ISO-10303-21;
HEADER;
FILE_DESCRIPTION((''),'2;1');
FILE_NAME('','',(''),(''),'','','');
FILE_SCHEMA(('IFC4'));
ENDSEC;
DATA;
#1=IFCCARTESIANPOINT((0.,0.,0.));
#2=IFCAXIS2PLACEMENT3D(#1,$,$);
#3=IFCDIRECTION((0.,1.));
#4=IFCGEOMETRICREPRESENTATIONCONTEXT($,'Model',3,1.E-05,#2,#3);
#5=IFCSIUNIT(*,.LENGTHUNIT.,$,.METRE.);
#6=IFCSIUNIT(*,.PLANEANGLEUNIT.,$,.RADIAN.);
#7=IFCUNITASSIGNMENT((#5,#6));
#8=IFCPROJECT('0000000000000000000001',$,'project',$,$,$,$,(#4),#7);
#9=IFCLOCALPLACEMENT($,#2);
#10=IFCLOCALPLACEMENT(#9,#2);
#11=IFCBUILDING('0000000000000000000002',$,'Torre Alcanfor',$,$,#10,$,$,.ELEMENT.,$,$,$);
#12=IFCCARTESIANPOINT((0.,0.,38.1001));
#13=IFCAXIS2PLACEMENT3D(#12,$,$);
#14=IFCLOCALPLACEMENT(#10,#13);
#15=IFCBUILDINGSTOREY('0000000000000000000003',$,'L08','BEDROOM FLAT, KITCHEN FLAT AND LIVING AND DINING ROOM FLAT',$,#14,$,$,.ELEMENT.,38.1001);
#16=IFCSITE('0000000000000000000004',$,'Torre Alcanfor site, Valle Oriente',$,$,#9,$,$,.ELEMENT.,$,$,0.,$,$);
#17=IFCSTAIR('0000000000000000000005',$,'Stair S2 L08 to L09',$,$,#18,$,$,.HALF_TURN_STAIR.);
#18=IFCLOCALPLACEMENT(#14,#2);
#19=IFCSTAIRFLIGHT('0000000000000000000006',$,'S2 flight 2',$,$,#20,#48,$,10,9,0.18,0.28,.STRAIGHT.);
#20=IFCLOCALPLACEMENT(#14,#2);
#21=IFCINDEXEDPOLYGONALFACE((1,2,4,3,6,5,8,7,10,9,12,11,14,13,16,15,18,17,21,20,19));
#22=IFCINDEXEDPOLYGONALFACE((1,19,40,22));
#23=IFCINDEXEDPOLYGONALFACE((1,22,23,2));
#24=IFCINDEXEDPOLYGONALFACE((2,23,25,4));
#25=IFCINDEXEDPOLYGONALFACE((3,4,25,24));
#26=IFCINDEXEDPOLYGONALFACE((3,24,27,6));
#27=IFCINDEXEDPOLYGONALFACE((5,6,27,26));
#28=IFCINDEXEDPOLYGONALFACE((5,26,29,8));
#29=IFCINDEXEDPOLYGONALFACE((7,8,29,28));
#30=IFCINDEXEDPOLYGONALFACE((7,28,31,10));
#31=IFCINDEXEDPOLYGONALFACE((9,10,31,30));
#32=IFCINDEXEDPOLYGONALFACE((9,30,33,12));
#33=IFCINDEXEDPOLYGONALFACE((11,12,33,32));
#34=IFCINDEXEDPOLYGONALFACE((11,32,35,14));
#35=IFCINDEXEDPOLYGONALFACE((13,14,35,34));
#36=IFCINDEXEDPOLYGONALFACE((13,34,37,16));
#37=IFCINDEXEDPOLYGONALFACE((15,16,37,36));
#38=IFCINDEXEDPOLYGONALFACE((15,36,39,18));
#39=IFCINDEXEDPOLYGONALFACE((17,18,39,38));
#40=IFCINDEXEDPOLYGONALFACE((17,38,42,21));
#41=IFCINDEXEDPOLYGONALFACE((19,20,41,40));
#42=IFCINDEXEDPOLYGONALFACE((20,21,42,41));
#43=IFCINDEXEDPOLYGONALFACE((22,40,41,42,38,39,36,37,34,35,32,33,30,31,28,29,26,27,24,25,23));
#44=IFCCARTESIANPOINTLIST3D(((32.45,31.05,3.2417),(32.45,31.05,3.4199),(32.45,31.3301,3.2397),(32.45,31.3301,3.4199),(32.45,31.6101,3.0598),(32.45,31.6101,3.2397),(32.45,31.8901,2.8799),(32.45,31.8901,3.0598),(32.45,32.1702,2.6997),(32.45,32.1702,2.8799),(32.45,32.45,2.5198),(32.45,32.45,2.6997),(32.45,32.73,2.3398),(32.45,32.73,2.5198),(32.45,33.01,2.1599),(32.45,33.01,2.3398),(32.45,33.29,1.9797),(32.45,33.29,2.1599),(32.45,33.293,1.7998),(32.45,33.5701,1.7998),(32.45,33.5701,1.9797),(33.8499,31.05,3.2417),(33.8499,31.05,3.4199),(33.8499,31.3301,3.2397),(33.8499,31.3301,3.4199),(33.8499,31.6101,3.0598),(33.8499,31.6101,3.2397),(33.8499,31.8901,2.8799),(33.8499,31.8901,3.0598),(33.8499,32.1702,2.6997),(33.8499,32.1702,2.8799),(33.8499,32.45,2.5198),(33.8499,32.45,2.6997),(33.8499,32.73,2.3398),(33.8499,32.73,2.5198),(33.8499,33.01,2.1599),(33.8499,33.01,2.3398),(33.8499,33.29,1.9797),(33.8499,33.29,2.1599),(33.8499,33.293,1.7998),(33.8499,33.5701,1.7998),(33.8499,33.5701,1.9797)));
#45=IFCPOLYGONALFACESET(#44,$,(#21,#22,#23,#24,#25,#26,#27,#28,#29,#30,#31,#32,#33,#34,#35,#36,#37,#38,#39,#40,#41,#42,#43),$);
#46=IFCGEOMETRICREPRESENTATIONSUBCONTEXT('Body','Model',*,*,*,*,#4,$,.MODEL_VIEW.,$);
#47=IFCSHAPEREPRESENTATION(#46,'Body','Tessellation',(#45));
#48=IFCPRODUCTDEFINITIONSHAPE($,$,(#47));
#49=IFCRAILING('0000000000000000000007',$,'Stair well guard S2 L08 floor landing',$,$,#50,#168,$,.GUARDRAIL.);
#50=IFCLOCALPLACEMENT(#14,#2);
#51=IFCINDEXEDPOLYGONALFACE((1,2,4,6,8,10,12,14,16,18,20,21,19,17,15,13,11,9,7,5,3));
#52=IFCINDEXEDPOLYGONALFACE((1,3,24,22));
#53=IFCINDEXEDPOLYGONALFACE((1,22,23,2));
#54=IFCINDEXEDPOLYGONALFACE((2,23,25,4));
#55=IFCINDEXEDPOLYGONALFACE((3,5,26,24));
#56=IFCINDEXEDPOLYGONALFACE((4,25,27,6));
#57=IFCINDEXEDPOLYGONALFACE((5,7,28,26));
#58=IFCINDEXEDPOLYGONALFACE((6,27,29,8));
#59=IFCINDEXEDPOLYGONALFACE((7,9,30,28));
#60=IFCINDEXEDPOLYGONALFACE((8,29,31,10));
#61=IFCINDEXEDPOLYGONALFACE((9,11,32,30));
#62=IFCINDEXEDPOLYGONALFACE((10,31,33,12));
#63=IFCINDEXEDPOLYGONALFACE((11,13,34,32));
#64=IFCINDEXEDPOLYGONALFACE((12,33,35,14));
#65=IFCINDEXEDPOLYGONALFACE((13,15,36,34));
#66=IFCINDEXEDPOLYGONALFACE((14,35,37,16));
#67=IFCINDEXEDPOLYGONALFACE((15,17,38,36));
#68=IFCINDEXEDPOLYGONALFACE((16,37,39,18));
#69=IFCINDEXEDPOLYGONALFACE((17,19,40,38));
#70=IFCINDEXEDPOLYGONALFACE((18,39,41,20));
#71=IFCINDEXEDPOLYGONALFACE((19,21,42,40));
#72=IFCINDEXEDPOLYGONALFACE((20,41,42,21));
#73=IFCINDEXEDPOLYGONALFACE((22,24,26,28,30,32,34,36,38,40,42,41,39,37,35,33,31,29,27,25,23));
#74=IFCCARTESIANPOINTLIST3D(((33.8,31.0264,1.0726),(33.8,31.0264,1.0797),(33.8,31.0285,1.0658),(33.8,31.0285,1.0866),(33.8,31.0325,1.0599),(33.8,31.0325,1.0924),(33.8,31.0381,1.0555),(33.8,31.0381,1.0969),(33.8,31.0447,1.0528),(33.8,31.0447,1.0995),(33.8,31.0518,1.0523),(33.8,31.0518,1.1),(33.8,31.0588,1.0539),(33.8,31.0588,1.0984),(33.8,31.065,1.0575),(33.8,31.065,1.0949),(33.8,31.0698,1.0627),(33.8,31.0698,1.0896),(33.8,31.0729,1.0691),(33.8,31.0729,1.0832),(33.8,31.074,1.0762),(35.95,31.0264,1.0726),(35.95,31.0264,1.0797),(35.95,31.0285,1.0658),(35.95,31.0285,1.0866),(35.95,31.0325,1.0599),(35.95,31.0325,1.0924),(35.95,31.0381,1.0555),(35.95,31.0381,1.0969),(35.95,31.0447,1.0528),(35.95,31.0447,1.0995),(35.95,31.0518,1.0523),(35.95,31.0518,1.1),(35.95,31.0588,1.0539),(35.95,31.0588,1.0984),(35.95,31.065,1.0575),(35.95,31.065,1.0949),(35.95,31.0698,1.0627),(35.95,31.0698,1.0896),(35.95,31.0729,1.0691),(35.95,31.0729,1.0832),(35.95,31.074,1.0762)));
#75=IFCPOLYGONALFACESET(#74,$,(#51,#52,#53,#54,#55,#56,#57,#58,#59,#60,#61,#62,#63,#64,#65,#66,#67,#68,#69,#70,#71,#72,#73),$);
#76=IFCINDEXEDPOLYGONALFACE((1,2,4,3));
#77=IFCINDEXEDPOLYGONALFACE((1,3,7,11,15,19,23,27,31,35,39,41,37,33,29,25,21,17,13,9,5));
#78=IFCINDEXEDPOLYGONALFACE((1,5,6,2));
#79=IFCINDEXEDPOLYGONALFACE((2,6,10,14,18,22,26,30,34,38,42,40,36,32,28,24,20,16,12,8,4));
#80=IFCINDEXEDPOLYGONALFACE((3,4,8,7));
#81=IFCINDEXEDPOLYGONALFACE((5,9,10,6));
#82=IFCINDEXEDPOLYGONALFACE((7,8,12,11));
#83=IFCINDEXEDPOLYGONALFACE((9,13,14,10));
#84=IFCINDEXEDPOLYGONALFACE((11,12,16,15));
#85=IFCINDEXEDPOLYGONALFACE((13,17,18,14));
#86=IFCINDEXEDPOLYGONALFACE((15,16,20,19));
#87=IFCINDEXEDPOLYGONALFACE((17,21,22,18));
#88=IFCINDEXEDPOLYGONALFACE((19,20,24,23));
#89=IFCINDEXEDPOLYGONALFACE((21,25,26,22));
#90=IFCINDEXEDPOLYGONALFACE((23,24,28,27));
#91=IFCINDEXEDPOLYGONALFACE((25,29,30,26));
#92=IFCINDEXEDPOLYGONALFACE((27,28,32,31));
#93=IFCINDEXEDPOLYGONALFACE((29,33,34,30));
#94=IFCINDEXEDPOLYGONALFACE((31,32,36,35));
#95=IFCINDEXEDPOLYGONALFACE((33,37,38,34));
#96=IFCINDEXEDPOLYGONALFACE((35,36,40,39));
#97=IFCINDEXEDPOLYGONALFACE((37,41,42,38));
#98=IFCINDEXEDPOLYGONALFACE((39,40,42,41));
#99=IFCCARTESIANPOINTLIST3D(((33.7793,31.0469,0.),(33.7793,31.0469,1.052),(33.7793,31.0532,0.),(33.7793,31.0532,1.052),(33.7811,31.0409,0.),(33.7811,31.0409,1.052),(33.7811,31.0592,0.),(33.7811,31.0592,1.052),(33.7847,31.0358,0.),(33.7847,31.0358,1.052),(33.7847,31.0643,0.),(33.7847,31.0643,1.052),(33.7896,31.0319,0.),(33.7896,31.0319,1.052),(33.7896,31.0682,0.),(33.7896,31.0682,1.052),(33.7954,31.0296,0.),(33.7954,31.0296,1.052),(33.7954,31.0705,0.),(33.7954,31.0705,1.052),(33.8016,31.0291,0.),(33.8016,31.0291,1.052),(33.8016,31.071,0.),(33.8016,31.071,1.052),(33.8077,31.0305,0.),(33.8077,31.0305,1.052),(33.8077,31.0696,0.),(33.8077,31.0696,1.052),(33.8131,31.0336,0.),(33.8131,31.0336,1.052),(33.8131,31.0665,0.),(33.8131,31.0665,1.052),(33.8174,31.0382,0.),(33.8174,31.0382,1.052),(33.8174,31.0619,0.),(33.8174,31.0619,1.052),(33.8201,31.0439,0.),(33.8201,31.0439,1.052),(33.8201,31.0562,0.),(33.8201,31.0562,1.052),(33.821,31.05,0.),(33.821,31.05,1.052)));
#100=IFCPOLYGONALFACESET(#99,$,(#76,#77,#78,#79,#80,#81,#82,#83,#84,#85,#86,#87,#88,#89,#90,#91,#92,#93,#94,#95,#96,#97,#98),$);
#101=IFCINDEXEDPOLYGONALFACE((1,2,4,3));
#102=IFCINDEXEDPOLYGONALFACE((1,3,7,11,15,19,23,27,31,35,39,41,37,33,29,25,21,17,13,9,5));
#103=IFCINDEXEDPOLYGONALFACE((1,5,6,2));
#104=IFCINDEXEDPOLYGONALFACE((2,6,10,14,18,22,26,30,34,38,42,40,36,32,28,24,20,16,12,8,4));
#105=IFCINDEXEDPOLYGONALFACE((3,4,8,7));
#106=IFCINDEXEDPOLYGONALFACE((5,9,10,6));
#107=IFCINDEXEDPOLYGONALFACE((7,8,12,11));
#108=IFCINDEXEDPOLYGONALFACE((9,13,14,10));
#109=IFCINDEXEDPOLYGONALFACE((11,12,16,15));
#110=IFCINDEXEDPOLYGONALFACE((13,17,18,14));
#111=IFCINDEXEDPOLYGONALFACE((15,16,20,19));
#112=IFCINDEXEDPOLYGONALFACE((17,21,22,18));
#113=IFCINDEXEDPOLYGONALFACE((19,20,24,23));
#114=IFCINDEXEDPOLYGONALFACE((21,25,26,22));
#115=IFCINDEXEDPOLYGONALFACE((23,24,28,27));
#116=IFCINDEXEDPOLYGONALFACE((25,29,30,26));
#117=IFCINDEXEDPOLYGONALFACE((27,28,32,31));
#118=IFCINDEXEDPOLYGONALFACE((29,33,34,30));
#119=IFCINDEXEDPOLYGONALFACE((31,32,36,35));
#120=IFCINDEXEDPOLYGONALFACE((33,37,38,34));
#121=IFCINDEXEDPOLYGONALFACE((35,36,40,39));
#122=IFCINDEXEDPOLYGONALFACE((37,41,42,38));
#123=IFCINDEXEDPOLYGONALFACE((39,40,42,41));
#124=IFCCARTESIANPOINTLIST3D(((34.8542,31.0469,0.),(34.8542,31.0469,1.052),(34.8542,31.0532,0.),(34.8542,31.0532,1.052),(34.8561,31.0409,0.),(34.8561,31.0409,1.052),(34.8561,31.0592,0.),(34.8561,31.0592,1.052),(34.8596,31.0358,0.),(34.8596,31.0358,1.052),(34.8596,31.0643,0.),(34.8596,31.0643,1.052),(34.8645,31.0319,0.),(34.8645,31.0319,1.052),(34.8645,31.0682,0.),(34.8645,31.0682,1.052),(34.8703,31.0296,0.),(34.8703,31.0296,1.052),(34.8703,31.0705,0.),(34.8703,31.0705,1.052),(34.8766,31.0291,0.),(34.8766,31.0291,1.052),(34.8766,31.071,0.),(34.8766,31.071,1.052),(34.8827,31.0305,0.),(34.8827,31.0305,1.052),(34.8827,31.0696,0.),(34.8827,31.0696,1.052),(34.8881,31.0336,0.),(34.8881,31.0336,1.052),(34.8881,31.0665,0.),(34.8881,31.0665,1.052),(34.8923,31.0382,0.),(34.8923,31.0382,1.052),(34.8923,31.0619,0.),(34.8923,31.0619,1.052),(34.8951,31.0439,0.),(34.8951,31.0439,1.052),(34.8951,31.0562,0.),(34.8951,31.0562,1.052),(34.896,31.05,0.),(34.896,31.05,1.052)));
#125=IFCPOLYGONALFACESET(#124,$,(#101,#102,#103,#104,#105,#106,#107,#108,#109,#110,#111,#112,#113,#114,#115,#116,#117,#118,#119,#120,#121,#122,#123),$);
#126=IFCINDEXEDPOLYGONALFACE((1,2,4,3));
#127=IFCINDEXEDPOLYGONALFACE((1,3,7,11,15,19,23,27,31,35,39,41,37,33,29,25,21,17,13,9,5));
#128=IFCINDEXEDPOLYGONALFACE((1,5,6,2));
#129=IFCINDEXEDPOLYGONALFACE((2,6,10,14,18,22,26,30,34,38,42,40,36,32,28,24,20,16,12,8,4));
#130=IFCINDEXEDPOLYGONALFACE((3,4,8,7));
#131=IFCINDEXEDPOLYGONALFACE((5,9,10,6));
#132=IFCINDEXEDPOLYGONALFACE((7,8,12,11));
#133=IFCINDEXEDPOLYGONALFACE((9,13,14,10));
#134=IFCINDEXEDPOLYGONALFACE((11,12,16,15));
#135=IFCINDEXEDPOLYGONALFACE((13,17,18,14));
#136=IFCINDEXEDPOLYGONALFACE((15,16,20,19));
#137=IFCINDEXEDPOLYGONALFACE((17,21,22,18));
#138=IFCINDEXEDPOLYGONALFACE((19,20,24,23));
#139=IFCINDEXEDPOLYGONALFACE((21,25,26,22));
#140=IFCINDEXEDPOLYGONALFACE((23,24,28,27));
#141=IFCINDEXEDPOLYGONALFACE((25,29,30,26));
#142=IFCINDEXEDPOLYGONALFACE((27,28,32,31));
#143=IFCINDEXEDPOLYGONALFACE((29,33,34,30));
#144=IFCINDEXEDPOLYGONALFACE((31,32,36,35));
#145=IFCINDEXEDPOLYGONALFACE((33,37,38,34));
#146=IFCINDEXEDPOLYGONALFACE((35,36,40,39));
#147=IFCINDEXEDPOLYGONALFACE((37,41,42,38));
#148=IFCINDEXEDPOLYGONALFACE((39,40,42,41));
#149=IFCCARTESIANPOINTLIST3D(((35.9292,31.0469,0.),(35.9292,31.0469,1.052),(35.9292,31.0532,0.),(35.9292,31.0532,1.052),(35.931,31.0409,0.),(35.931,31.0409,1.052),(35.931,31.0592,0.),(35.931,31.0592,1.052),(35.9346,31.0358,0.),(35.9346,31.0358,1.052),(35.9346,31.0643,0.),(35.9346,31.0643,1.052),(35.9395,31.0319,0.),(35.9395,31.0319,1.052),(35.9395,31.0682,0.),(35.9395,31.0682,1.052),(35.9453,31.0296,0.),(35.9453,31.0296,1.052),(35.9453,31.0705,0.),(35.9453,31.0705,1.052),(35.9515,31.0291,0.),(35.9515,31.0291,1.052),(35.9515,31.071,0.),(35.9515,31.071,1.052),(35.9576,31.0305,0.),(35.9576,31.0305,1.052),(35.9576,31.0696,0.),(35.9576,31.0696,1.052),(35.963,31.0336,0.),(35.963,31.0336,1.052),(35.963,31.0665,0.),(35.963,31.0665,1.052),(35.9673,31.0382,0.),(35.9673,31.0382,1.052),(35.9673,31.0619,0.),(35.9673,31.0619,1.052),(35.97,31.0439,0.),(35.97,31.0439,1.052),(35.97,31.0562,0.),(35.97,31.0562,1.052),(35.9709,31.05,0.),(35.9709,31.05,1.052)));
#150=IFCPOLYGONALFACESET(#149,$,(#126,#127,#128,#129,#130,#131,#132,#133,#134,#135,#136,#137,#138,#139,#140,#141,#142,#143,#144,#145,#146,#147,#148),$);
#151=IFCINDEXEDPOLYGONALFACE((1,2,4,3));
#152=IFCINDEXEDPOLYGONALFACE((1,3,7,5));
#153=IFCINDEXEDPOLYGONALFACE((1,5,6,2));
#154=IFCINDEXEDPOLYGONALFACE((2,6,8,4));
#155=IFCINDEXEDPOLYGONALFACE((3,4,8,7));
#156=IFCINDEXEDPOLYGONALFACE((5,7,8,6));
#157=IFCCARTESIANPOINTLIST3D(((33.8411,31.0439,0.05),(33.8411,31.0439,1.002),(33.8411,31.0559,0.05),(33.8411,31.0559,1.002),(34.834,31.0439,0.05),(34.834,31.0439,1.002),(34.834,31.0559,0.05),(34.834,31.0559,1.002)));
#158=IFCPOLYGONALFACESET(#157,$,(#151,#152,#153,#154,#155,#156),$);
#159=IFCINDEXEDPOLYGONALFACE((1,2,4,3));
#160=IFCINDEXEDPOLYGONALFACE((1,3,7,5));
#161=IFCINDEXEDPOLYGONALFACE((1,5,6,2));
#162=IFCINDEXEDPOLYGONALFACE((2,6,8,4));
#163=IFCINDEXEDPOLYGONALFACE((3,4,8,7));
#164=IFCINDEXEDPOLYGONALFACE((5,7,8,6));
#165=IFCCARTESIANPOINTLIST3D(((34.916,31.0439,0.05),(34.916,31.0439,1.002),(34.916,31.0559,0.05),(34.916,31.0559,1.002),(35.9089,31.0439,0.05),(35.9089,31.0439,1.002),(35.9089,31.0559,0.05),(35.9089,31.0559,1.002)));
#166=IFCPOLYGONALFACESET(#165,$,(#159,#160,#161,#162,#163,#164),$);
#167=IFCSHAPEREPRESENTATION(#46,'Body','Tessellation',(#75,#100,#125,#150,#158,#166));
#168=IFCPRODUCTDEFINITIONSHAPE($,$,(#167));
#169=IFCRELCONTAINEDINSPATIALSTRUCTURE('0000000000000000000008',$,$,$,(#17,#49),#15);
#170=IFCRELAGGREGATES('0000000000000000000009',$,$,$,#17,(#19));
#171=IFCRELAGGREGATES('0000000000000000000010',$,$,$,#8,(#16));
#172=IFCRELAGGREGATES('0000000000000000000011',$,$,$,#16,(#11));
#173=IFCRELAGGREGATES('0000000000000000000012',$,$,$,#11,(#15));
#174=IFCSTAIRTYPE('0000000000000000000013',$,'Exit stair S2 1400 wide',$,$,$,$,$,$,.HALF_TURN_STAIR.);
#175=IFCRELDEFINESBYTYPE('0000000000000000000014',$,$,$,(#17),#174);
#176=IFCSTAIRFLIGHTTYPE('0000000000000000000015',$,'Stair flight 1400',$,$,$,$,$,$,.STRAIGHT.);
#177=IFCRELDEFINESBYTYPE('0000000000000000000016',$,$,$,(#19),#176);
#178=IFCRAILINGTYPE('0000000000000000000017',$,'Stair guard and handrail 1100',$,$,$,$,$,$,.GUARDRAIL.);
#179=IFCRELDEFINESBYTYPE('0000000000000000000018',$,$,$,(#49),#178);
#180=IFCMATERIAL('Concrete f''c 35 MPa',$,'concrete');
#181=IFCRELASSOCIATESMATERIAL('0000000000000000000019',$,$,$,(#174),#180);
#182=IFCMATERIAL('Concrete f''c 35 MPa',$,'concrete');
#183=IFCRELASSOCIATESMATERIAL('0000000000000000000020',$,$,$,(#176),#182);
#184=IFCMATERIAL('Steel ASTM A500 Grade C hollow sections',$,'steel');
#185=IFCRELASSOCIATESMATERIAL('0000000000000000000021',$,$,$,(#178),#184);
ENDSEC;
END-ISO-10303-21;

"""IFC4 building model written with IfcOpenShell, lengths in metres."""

from ifc_helpers import new_model, si_unit, direction, frame, origin, origin_2d, place, context, subcontext, project, spatial, polyline, circle, outline, extrude, material, type_object, element, aggregate, save


model = new_model("IFC4")

# Units and contexts
model_context = context("Model", 3, precision=1e-05, world=origin(), true_north=direction((0.0, 1.0)))
body_context = subcontext(model_context, "Body", "Model", "MODEL_VIEW")
ifc_project = project(units=[si_unit("LENGTHUNIT", "METRE"), si_unit("PLANEANGLEUNIT", "RADIAN")], contexts=[model_context])

# Site, building, storey
site_placement = place(None, origin())
site = spatial("IfcSite", under=ifc_project, at=site_placement, Name="Torre Alcanfor site, Valle Oriente", CompositionType="ELEMENT", RefElevation=0.0)
building_placement = place(site_placement, origin())
building = spatial("IfcBuilding", under=site, at=building_placement, Name="Torre Alcanfor", CompositionType="ELEMENT")
storey_placement = place(building_placement, frame((0.0, 0.0, 38.1001)))
storey = spatial("IfcBuildingStorey", under=building, at=storey_placement, Name="L08", Description="BEDROOM FLAT, KITCHEN FLAT AND LIVING AND DINING ROOM FLAT", CompositionType="ELEMENT", Elevation=38.1001)

# Stair, stair flight
ifc_material_1 = material(Name="Concrete f'c 35 MPa", Category="concrete")
stair_type = type_object("IfcStairType", Name="Exit stair S2 1400 wide", PredefinedType="HALF_TURN_STAIR", material=ifc_material_1)
stair_placement = place(storey_placement, origin())
stair = element("IfcStair", 1, at=stair_placement, inside=storey, type_object=stair_type, Name="Stair S2 L08 to L09", PredefinedType="HALF_TURN_STAIR")
ifc_material_2 = material(Name="Concrete f'c 35 MPa", Category="concrete")
stair_flight_type = type_object("IfcStairFlightType", Name="Stair flight 1400", PredefinedType="STRAIGHT", material=ifc_material_2)
stair_flight_1_placement = place(storey_placement, frame((33.1499, 33.5701, 1.7998), z_axis=(0.0, 0.0, 1.0), x_axis=(0.0, -1.0, 0.0)))
stair_flight_1 = element("IfcStairFlight", 2, at=stair_flight_1_placement, type_object=stair_flight_type, Name="S2 flight 2", NumberOfRisers=10, NumberOfTreads=9, PredefinedType="STRAIGHT", RiserHeight=0.18, TreadLength=0.28, context=body_context, shape_type="SweptSolid", body=[
    extrude(outline(polyline([(0.0, 0.0), (0.0, 0.1799), (0.28, 0.1799), (0.28, 0.3601), (0.5601, 0.3601), (0.5601, 0.54), (0.8401, 0.54), (0.8401, 0.72), (1.1201, 0.72), (1.1201, 0.8999), (1.3999, 0.8999), (1.3999, 1.0801), (1.6799, 1.0801), (1.6799, 1.26), (1.96, 1.26), (1.96, 1.4399), (2.24, 1.4399), (2.24, 1.6201), (2.52, 1.6201), (2.52, 1.8), (2.52, 1.4419), (0.2771, 0.0), (0.0, 0.0)])), frame((0.0, 0.7, 0.0), z_axis=(0.0, -1.0, 0.0), x_axis=(1.0, 0.0, 0.0)), (0.0, 0.0, 1.0), 1.3999),
])
aggregate(stair, [stair_flight_1])

# Railing
ifc_material_3 = material(Name="Steel ASTM A500 Grade C hollow sections", Category="steel")
railing_type_1 = type_object("IfcRailingType", Name="Stair guard and handrail 1100", PredefinedType="GUARDRAIL", material=ifc_material_3)
for number, where, name in (
    (3, (33.8, 31.05, 0.0), "Stair well guard S2 L08 floor landing"),
):
    element("IfcRailing", number, at=place(storey_placement, frame(where)), inside=storey, type_object=railing_type_1, Name=name, PredefinedType="GUARDRAIL", context=body_context, shape_type="SweptSolid", body=[
        extrude(circle(Radius=0.0239, at=origin_2d()), frame((0.0, 0.0, 1.0762), z_axis=(1.0, 0.0, 0.0), x_axis=(0.0, 1.0, 0.0)), (0.0, 0.0, 1.0), 2.1499),
        extrude(circle(Radius=0.021, at=origin_2d()), origin(), (0.0, 0.0, 1.0), 1.052),
        extrude(circle(Radius=0.021, at=origin_2d()), frame((1.075, 0.0, 0.0)), (0.0, 0.0, 1.0), 1.052),
        extrude(circle(Radius=0.021, at=origin_2d()), frame((2.1499, 0.0, 0.0)), (0.0, 0.0, 1.0), 1.052),
        extrude(outline(polyline([(0.041, 0.05), (1.0339, 0.05), (1.0339, 1.002), (0.041, 1.002), (0.041, 0.05)])), frame((0.0, 0.0059, 0.0), z_axis=(0.0, -1.0, 0.0), x_axis=(1.0, 0.0, 0.0)), (0.0, 0.0, 1.0), 0.012),
        extrude(outline(polyline([(1.116, 0.05), (2.1089, 0.05), (2.1089, 1.002), (1.116, 1.002), (1.116, 0.05)])), frame((0.0, 0.0059, 0.0), z_axis=(0.0, -1.0, 0.0), x_axis=(1.0, 0.0, 0.0)), (0.0, 0.0, 1.0), 0.012),
    ])

save(model, "model.ifc")
